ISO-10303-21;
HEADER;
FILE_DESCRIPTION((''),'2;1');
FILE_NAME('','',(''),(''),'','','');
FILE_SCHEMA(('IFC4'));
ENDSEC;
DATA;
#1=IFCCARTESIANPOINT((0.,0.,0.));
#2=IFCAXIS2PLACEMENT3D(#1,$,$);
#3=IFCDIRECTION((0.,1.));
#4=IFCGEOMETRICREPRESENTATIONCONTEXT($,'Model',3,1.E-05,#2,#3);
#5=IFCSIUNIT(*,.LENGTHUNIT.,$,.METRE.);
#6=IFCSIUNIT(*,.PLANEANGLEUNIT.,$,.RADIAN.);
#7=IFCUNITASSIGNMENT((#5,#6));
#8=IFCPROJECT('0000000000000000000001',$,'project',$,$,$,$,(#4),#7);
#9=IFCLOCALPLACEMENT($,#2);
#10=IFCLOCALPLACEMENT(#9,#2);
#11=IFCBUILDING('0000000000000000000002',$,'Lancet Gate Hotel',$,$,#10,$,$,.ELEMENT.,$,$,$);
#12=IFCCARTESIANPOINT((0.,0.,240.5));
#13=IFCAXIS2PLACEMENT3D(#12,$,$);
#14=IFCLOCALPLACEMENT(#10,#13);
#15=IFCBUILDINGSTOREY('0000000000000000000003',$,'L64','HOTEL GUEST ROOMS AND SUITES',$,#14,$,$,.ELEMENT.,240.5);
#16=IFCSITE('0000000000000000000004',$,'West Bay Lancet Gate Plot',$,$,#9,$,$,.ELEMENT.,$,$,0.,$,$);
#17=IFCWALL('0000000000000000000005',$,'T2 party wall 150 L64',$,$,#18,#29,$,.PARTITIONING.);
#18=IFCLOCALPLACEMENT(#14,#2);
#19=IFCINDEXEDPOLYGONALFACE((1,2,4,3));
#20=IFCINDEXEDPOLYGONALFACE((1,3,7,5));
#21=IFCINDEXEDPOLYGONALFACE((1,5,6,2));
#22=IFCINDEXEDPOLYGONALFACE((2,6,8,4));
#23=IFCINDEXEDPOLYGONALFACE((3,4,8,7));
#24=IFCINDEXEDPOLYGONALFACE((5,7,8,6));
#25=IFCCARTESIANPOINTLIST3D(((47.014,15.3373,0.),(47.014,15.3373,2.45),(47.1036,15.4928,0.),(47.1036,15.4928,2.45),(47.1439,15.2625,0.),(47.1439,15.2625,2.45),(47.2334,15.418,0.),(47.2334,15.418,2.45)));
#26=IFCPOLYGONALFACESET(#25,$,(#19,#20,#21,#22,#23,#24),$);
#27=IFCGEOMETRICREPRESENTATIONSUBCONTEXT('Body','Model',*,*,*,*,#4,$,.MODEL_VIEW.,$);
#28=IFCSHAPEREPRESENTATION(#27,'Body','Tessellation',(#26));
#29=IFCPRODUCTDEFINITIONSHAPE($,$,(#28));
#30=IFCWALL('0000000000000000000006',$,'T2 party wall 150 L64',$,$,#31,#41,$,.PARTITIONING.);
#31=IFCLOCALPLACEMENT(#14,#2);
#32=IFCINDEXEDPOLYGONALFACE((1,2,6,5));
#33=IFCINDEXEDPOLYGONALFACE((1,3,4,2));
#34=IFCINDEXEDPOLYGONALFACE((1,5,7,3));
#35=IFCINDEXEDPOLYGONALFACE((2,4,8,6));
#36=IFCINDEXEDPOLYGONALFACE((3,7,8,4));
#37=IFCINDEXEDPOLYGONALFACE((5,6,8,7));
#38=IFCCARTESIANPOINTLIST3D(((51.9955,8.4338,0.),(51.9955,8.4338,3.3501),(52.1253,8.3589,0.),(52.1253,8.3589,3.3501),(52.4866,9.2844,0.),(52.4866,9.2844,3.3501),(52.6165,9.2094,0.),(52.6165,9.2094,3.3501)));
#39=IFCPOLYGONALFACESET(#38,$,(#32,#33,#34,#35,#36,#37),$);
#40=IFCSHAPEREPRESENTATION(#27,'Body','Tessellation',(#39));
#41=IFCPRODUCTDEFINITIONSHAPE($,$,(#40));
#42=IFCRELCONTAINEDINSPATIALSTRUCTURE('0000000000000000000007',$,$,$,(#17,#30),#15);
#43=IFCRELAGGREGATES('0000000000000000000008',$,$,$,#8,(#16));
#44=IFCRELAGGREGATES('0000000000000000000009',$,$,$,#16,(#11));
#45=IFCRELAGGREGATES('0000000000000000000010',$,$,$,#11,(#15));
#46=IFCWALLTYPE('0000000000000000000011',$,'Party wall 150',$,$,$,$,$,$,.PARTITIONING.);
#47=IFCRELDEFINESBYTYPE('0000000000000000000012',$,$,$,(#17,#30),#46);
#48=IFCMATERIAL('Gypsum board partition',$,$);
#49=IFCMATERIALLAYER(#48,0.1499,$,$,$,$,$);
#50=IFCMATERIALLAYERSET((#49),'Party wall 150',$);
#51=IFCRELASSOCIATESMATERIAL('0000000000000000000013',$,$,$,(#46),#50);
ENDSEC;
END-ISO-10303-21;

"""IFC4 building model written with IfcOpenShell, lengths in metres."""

from ifc_helpers import new_model, si_unit, direction, frame, frame_2d, origin, place, context, subcontext, project, spatial, rectangle, extrude, material, layer, layer_set, type_object, element, save


model = new_model("IFC4")

# Units and contexts
model_context = context("Model", 3, precision=1e-05, world=origin(), true_north=direction((0.0, 1.0)))
body_context = subcontext(model_context, "Body", "Model", "MODEL_VIEW")
ifc_project = project(units=[si_unit("LENGTHUNIT", "METRE"), si_unit("PLANEANGLEUNIT", "RADIAN")], contexts=[model_context])

# Site, building, storey
site_placement = place(None, origin())
site = spatial("IfcSite", under=ifc_project, at=site_placement, Name="West Bay Lancet Gate Plot", CompositionType="ELEMENT", RefElevation=0.0)
building_placement = place(site_placement, origin())
building = spatial("IfcBuilding", under=site, at=building_placement, Name="Lancet Gate Hotel", CompositionType="ELEMENT")
storey_placement = place(building_placement, frame((0.0, 0.0, 240.5)))
storey = spatial("IfcBuildingStorey", under=building, at=storey_placement, Name="L64", Description="HOTEL GUEST ROOMS AND SUITES", CompositionType="ELEMENT", Elevation=240.5)

# Walls
ifc_material_1 = material(Name="Gypsum board partition")
ifc_layer_1 = layer(ifc_material_1, 0.1499)
ifc_layer_set_1 = layer_set([ifc_layer_1], Name="Party wall 150")
wall_type_1 = type_object("IfcWallType", Name="Party wall 150", PredefinedType="PARTITIONING", material=ifc_layer_set_1)
wall_1_placement = place(storey_placement, frame((47.0789, 15.2998, 0.0), z_axis=(0.0, 0.0, 1.0), x_axis=(0.499212, 0.86648, 0.0)))
element("IfcWall", 1, at=wall_1_placement, inside=storey, type_object=wall_type_1, Name="T2 party wall 150 L64", PredefinedType="PARTITIONING", context=body_context, shape_type="SweptSolid", body=[
    extrude(rectangle(XDim=0.1794, YDim=0.1499, at=frame_2d((0.0898, 0.0))), origin(), (0.0, 0.0, 1.0), 2.45),
])
wall_2_placement = place(storey_placement, frame((52.0603, 8.3962, 0.0), z_axis=(0.0, 0.0, 1.0), x_axis=(0.500095, 0.86597, 0.0)))
element("IfcWall", 2, at=wall_2_placement, inside=storey, type_object=wall_type_1, Name="T2 party wall 150 L64", PredefinedType="PARTITIONING", context=body_context, shape_type="SweptSolid", body=[
    extrude(rectangle(XDim=0.9822, YDim=0.1499, at=frame_2d((0.4912, 0.0))), origin(), (0.0, 0.0, 1.0), 3.3501),
])

save(model, "model.ifc")
